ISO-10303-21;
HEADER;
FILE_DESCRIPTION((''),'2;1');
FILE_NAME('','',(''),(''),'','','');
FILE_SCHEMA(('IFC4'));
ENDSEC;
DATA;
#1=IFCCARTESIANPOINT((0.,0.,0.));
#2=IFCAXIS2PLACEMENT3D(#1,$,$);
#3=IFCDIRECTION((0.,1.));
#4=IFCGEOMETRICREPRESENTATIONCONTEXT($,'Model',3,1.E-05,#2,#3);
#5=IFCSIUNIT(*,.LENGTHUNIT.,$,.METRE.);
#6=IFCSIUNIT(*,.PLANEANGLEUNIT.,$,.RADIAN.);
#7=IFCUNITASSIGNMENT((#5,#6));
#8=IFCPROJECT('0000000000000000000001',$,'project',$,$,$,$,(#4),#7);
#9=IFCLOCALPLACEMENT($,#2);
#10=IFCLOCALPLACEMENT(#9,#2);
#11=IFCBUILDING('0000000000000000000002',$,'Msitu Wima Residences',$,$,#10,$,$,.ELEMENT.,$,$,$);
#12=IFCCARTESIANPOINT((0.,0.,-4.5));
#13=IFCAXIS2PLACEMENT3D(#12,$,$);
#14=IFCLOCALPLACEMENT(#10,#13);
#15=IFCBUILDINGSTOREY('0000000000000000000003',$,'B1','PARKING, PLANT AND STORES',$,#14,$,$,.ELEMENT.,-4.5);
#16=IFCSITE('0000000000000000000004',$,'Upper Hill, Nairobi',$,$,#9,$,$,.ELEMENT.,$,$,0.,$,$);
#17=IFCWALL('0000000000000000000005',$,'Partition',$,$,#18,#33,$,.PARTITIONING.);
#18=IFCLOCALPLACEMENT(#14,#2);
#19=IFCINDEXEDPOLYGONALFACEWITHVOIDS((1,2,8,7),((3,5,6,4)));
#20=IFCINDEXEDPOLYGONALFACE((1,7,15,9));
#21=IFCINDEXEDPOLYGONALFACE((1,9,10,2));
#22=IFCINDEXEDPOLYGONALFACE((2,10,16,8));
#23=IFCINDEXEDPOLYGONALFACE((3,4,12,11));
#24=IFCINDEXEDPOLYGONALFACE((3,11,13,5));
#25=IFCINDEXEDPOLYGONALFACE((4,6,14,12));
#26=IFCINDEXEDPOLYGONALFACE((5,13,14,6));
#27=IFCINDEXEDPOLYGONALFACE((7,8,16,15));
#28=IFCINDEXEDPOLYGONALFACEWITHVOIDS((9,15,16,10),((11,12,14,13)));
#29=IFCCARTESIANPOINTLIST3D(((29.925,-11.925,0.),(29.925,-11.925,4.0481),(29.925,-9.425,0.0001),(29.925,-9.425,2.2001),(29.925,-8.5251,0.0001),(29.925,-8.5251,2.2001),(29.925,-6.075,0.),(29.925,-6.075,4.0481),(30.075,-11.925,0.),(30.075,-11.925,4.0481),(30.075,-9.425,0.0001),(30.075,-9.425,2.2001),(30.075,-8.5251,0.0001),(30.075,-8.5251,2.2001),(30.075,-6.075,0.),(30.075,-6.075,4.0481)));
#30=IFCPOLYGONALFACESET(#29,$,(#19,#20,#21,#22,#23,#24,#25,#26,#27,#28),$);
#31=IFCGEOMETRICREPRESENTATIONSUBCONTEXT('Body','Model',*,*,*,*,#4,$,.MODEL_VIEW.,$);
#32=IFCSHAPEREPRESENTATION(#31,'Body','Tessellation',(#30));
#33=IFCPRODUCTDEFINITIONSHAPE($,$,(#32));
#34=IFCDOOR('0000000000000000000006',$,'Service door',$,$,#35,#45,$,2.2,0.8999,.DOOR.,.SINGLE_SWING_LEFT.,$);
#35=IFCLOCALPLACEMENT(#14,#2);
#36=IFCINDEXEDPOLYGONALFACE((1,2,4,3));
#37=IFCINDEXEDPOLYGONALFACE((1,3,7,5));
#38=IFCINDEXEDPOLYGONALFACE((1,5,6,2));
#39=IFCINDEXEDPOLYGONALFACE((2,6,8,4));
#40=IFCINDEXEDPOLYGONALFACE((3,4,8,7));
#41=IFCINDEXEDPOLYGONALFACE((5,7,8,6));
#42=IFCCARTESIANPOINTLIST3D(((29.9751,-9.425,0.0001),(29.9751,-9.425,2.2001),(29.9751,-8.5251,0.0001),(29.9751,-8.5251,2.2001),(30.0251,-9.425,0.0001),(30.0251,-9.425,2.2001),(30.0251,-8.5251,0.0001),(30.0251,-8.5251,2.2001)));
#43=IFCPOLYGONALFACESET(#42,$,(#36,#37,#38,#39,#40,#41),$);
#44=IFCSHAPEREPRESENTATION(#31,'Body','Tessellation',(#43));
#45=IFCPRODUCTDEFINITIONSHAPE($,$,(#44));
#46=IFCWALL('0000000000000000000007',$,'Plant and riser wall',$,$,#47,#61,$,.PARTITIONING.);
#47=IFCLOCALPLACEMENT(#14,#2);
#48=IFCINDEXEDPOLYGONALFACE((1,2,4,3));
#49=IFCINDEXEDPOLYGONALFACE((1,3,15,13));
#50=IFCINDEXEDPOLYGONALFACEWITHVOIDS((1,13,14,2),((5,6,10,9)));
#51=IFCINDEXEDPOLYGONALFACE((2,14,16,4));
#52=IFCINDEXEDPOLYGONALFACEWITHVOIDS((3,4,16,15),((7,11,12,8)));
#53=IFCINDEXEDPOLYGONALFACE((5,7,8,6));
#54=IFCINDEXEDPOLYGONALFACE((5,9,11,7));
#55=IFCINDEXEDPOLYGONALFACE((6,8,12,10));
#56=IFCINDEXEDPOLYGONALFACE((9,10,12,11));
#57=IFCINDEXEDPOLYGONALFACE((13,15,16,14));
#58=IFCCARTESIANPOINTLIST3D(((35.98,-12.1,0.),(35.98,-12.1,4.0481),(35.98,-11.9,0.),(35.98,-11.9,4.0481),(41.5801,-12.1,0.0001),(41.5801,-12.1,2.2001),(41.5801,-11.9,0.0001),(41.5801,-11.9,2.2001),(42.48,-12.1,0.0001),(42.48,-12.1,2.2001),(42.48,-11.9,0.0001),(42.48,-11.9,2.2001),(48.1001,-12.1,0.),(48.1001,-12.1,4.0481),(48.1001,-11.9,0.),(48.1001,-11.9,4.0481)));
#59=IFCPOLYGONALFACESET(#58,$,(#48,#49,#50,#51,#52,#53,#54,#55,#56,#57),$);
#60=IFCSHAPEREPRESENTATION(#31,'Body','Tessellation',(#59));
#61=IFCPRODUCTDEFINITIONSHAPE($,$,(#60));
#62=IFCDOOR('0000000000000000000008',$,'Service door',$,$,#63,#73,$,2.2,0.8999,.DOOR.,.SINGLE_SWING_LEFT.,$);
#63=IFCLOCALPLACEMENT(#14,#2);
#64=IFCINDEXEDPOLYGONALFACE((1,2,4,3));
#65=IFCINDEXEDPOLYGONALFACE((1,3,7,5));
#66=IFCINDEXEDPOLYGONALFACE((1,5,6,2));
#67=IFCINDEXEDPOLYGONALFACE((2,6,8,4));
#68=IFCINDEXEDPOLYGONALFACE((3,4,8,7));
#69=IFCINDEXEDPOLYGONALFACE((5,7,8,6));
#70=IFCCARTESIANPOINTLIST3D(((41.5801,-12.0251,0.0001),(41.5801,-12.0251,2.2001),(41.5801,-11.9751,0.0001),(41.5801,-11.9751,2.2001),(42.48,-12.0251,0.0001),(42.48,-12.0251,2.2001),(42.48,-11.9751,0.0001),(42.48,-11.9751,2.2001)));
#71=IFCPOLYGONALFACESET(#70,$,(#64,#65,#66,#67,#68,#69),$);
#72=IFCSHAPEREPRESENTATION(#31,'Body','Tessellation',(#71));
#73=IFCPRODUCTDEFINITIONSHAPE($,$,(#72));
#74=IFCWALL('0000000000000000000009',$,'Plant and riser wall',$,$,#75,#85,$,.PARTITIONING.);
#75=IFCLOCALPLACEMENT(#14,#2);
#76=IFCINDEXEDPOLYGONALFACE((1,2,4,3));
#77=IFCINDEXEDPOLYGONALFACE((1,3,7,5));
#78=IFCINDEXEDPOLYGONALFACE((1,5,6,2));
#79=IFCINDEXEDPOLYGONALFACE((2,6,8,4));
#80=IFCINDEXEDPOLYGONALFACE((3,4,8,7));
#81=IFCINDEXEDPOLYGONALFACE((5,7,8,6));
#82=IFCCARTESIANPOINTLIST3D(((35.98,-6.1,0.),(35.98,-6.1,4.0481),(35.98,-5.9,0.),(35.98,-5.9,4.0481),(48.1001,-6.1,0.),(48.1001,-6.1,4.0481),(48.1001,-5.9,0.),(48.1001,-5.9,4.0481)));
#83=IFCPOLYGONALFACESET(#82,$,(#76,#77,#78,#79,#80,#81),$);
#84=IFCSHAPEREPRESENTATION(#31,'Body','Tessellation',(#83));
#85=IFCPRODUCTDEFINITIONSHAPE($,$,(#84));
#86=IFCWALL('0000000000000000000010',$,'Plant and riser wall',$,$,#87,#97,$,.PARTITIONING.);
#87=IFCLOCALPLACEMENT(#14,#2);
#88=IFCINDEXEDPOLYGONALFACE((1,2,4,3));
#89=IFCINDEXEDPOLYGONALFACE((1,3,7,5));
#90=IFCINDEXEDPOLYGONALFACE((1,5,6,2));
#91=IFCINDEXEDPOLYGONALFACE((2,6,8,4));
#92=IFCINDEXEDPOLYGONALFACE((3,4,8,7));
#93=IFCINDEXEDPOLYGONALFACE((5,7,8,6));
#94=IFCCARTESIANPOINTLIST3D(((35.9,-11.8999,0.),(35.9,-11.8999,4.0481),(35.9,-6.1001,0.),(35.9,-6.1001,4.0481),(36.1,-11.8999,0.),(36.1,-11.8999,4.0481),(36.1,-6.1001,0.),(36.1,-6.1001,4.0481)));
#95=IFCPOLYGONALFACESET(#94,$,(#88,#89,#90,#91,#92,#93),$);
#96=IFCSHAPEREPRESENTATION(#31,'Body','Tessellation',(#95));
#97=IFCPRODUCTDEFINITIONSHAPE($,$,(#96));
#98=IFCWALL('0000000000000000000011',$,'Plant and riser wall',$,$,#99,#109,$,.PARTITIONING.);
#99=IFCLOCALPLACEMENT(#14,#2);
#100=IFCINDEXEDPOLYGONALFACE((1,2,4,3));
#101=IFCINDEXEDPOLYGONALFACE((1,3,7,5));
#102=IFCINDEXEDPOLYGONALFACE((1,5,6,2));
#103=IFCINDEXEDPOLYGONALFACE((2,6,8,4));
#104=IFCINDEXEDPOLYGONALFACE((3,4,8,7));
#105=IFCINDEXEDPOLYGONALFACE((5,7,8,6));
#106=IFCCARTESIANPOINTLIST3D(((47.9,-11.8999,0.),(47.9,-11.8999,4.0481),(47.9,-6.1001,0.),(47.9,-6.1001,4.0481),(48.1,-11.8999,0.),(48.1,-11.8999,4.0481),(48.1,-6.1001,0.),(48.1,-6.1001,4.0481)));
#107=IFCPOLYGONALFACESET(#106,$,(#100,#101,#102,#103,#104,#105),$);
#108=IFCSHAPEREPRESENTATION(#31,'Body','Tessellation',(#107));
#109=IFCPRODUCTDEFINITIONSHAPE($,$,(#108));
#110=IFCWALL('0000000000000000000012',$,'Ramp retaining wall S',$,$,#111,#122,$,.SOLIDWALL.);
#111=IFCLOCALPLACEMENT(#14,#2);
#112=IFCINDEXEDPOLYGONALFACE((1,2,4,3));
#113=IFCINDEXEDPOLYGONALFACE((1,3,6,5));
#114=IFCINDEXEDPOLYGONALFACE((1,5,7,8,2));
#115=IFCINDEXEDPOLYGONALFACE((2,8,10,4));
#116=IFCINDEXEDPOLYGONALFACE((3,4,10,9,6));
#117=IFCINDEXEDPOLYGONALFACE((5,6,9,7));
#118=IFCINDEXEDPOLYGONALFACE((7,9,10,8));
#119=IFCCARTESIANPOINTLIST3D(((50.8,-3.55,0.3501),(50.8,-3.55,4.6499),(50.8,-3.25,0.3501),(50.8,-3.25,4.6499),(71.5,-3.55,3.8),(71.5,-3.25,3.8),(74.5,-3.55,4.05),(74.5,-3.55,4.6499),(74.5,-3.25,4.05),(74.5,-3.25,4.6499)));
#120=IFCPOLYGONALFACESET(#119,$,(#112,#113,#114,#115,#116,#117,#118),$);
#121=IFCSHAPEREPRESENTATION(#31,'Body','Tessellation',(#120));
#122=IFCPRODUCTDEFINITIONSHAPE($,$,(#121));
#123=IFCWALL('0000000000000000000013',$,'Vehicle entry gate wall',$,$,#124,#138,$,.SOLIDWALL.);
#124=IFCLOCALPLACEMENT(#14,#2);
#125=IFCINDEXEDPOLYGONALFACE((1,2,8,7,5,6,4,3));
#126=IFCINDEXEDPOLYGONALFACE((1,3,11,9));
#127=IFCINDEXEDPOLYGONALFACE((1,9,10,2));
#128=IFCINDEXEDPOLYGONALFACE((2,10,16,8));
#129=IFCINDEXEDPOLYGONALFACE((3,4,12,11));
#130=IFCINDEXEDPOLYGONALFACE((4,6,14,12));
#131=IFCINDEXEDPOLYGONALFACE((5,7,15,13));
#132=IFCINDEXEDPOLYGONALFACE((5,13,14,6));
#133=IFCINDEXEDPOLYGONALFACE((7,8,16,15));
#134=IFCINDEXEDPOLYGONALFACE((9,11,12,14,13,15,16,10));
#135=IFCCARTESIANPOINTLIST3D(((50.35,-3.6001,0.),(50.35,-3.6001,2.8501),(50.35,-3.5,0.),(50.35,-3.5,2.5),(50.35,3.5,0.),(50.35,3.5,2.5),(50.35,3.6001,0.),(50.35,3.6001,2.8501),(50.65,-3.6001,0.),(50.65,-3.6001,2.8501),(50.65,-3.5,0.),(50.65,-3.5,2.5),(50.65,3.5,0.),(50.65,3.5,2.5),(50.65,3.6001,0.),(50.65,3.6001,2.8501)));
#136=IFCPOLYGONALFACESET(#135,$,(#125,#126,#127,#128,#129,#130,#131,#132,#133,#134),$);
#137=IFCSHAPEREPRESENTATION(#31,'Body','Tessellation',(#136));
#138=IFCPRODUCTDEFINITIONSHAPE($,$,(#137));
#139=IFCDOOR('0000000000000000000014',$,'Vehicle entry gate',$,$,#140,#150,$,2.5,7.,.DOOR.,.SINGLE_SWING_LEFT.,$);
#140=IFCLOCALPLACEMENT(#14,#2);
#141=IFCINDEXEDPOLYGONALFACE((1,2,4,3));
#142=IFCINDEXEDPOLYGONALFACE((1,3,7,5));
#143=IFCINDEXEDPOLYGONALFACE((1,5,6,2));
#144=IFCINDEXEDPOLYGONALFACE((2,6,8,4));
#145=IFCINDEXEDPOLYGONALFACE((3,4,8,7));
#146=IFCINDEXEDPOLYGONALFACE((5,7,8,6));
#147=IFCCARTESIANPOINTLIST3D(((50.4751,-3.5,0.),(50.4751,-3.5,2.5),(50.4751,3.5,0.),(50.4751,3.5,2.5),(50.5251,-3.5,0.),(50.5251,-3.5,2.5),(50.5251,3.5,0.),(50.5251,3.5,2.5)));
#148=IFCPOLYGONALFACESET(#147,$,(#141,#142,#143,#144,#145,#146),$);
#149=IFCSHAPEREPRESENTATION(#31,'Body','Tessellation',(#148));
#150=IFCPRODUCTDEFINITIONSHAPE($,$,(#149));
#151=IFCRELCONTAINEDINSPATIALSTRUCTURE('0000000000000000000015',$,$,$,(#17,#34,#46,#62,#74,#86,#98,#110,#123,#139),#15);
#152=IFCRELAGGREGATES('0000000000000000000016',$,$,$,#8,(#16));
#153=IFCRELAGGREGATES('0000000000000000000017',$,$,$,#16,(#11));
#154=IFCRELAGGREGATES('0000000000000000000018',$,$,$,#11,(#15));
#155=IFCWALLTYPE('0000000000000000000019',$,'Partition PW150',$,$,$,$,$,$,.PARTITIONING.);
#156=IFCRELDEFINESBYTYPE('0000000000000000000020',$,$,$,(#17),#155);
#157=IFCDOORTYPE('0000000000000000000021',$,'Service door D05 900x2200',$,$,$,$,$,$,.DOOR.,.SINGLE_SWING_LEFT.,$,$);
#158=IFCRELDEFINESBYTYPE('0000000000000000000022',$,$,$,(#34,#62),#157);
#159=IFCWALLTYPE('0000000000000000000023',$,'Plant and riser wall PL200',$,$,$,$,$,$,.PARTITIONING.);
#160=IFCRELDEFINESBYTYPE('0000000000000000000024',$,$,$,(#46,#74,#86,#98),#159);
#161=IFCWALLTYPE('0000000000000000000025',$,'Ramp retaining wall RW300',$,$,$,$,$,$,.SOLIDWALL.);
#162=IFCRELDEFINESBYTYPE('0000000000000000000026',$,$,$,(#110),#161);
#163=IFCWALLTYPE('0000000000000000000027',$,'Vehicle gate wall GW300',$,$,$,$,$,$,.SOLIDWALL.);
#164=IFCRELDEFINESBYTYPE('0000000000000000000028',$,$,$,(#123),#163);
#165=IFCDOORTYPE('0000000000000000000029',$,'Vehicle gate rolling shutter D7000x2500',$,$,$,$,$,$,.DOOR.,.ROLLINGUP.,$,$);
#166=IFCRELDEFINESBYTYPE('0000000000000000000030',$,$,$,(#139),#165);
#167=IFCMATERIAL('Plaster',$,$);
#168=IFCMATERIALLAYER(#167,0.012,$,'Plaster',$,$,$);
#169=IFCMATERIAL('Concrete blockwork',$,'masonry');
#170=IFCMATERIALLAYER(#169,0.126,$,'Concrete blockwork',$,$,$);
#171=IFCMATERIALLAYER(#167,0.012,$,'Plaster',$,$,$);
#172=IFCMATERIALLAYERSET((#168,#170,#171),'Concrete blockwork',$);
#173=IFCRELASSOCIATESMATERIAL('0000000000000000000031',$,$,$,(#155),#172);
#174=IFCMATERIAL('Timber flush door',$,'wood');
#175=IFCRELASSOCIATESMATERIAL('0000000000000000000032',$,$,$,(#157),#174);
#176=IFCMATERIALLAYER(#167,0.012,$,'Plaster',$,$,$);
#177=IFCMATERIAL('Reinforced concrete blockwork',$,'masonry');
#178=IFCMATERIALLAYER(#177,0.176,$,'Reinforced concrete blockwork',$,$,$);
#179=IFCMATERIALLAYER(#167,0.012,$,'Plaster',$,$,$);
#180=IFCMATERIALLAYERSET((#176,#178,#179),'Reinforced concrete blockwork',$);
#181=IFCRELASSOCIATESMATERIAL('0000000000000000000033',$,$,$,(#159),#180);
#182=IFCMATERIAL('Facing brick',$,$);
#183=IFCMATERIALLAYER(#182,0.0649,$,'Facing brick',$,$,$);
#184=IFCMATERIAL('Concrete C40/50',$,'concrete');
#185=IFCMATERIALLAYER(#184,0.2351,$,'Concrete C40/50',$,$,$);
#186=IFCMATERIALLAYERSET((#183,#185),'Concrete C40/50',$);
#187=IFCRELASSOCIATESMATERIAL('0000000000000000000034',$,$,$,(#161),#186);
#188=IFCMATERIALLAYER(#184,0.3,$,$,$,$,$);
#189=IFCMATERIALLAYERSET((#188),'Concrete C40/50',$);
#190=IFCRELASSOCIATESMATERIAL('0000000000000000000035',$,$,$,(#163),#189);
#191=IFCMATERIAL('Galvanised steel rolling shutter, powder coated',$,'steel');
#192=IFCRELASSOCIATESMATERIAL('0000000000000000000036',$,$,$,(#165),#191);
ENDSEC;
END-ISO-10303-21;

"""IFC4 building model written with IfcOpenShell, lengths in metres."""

from ifc_helpers import new_model, si_unit, direction, frame, frame_2d, origin, place, context, subcontext, project, spatial, polyline, rectangle, outline, extrude, material, layer, layer_set, type_object, element, fill, save


model = new_model("IFC4")

# Units and contexts
model_context = context("Model", 3, precision=1e-05, world=origin(), true_north=direction((0.0, 1.0)))
body_context = subcontext(model_context, "Body", "Model", "MODEL_VIEW")
ifc_project = project(units=[si_unit("LENGTHUNIT", "METRE"), si_unit("PLANEANGLEUNIT", "RADIAN")], contexts=[model_context])

# Site, building, storey
site_placement = place(None, origin())
site = spatial("IfcSite", under=ifc_project, at=site_placement, Name="Upper Hill, Nairobi", CompositionType="ELEMENT", RefElevation=0.0)
building_placement = place(site_placement, origin())
building = spatial("IfcBuilding", under=site, at=building_placement, Name="Msitu Wima Residences", CompositionType="ELEMENT")
storey_placement = place(building_placement, frame((0.0, 0.0, -4.5)))
storey = spatial("IfcBuildingStorey", under=building, at=storey_placement, Name="B1", Description="PARKING, PLANT AND STORES", CompositionType="ELEMENT", Elevation=-4.5)

# Shared definitions
ifc_material_1 = material(Name="Concrete C40/50", Category="concrete")

# Walls, openings, doors
ifc_material_2 = material(Name="Plaster")
ifc_layer_1 = layer(ifc_material_2, 0.012, Name="Plaster")
ifc_material_3 = material(Name="Concrete blockwork", Category="masonry")
ifc_layer_2 = layer(ifc_material_3, 0.126, Name="Concrete blockwork")
ifc_layer_3 = layer(ifc_material_2, 0.012, Name="Plaster")
ifc_layer_set_1 = layer_set([ifc_layer_1, ifc_layer_2, ifc_layer_3], Name="Concrete blockwork")
wall_type_1 = type_object("IfcWallType", Name="Partition PW150", PredefinedType="PARTITIONING", material=ifc_layer_set_1)
wall_1_placement = place(storey_placement, frame((30.0, -11.925, 0.0), z_axis=(0.0, 0.0, 1.0), x_axis=(0.0, 1.0, 0.0)))
wall_1 = element("IfcWall", 1, at=wall_1_placement, inside=storey, type_object=wall_type_1, Name="Partition", PredefinedType="PARTITIONING", context=body_context, shape_type="SweptSolid", body=[
    extrude(rectangle(XDim=5.8501, YDim=0.1499, at=frame_2d((2.925, 0.0))), origin(), (0.0, 0.0, 1.0), 4.0481),
])
opening_1_placement = place(wall_1_placement, frame((2.5, 0.0, 0.0)))
opening_1 = element("IfcOpeningElement", 2, at=opening_1_placement, cuts=wall_1, PredefinedType="OPENING", context=body_context, shape_type="SweptSolid", body=[
    extrude(rectangle(XDim=0.8999, YDim=2.2, at=frame_2d((0.45, 1.1001))), frame((0.0, 0.085, 0.0), z_axis=(0.0, -1.0, 0.0), x_axis=(1.0, 0.0, 0.0)), (0.0, 0.0, 1.0), 0.1699),
])
ifc_material_4 = material(Name="Timber flush door", Category="wood")
door_type_1 = type_object("IfcDoorType", Name="Service door D05 900x2200", OperationType="SINGLE_SWING_LEFT", PredefinedType="DOOR", material=ifc_material_4)
door_1_placement = place(opening_1_placement, origin())
door_1 = element("IfcDoor", 3, at=door_1_placement, inside=storey, type_object=door_type_1, Name="Service door", OperationType="SINGLE_SWING_LEFT", OverallHeight=2.2, OverallWidth=0.8999, PredefinedType="DOOR", context=body_context, shape_type="SweptSolid", body=[
    extrude(rectangle(XDim=0.8999, YDim=2.2, at=frame_2d((0.45, 1.1001))), frame((0.0, 0.0249, 0.0), z_axis=(0.0, -1.0, 0.0), x_axis=(1.0, 0.0, 0.0)), (0.0, 0.0, 1.0), 0.05),
])
fill(opening_1, door_1)
ifc_layer_4 = layer(ifc_material_2, 0.012, Name="Plaster")
ifc_material_5 = material(Name="Reinforced concrete blockwork", Category="masonry")
ifc_layer_5 = layer(ifc_material_5, 0.176, Name="Reinforced concrete blockwork")
ifc_layer_6 = layer(ifc_material_2, 0.012, Name="Plaster")
ifc_layer_set_2 = layer_set([ifc_layer_4, ifc_layer_5, ifc_layer_6], Name="Reinforced concrete blockwork")
wall_type_2 = type_object("IfcWallType", Name="Plant and riser wall PL200", PredefinedType="PARTITIONING", material=ifc_layer_set_2)
wall_2_placement = place(storey_placement, frame((35.98, -12.0, 0.0), z_axis=(0.0, 0.0, 1.0), x_axis=(1.0, 0.0, 0.0)))
wall_2 = element("IfcWall", 4, at=wall_2_placement, inside=storey, type_object=wall_type_2, Name="Plant and riser wall", PredefinedType="PARTITIONING", context=body_context, shape_type="SweptSolid", body=[
    extrude(rectangle(XDim=12.1201, YDim=0.2, at=frame_2d((6.0601, 0.0))), origin(), (0.0, 0.0, 1.0), 4.0481),
])
opening_2_placement = place(wall_2_placement, frame((5.6001, 0.0, 0.0)))
opening_2 = element("IfcOpeningElement", 5, at=opening_2_placement, cuts=wall_2, PredefinedType="OPENING", context=body_context, shape_type="SweptSolid", body=[
    extrude(rectangle(XDim=0.8999, YDim=2.2, at=frame_2d((0.45, 1.1001))), frame((0.0, 0.1099, 0.0), z_axis=(0.0, -1.0, 0.0), x_axis=(1.0, 0.0, 0.0)), (0.0, 0.0, 1.0), 0.22),
])
door_2_placement = place(opening_2_placement, origin())
door_2 = element("IfcDoor", 6, at=door_2_placement, inside=storey, type_object=door_type_1, Name="Service door", OperationType="SINGLE_SWING_LEFT", OverallHeight=2.2, OverallWidth=0.8999, PredefinedType="DOOR", context=body_context, shape_type="SweptSolid", body=[
    extrude(rectangle(XDim=0.8999, YDim=2.2, at=frame_2d((0.45, 1.1001))), frame((0.0, 0.0249, 0.0), z_axis=(0.0, -1.0, 0.0), x_axis=(1.0, 0.0, 0.0)), (0.0, 0.0, 1.0), 0.05),
])
fill(opening_2, door_2)

# Walls
wall_3_placement = place(storey_placement, frame((35.98, -6.0, 0.0), z_axis=(0.0, 0.0, 1.0), x_axis=(1.0, 0.0, 0.0)))
element("IfcWall", 7, at=wall_3_placement, inside=storey, type_object=wall_type_2, Name="Plant and riser wall", PredefinedType="PARTITIONING", context=body_context, shape_type="SweptSolid", body=[
    extrude(rectangle(XDim=12.1201, YDim=0.2, at=frame_2d((6.0601, 0.0))), origin(), (0.0, 0.0, 1.0), 4.0481),
])
for number, where, z_axis, x_axis, name in (
    (8, (36.0, -11.8999, 0.0), (0.0, 0.0, 1.0), (0.0, 1.0, 0.0), "Plant and riser wall"),
    (9, (48.0, -11.8999, 0.0), (0.0, 0.0, 1.0), (0.0, 1.0, 0.0), "Plant and riser wall"),
):
    element("IfcWall", number, at=place(storey_placement, frame(where, z_axis=z_axis, x_axis=x_axis)), inside=storey, type_object=wall_type_2, Name=name, PredefinedType="PARTITIONING", context=body_context, shape_type="SweptSolid", body=[
        extrude(rectangle(XDim=5.7998, YDim=0.2, at=frame_2d((2.8999, 0.0))), origin(), (0.0, 0.0, 1.0), 4.0481),
    ])
ifc_material_6 = material(Name="Facing brick")
ifc_layer_7 = layer(ifc_material_6, 0.0649, Name="Facing brick")
ifc_layer_8 = layer(ifc_material_1, 0.2351, Name="Concrete C40/50")
ifc_layer_set_3 = layer_set([ifc_layer_7, ifc_layer_8], Name="Concrete C40/50")
wall_type_3 = type_object("IfcWallType", Name="Ramp retaining wall RW300", PredefinedType="SOLIDWALL", material=ifc_layer_set_3)
wall_4_placement = place(storey_placement, frame((50.8, -3.3999, 0.3501), z_axis=(0.0, 0.0, 1.0), x_axis=(1.0, 0.0, 0.0)))
element("IfcWall", 10, at=wall_4_placement, inside=storey, type_object=wall_type_3, Name="Ramp retaining wall S", PredefinedType="SOLIDWALL", context=body_context, shape_type="SweptSolid", body=[
    extrude(outline(polyline([(0.0, 0.0), (20.7, 3.45), (23.7, 3.7), (23.7, 4.2998), (0.0, 4.2998), (0.0, 0.0)])), frame((0.0, 0.1499, 0.0), z_axis=(0.0, -1.0, 0.0), x_axis=(1.0, 0.0, 0.0)), (0.0, 0.0, 1.0), 0.3),
])

# Wall, opening, door
ifc_layer_9 = layer(ifc_material_1, 0.3)
ifc_layer_set_4 = layer_set([ifc_layer_9], Name="Concrete C40/50")
wall_type_4 = type_object("IfcWallType", Name="Vehicle gate wall GW300", PredefinedType="SOLIDWALL", material=ifc_layer_set_4)
wall_5_placement = place(storey_placement, frame((50.5, -3.6001, 0.0), z_axis=(0.0, 0.0, 1.0), x_axis=(0.0, 1.0, 0.0)))
wall_5 = element("IfcWall", 11, at=wall_5_placement, inside=storey, type_object=wall_type_4, Name="Vehicle entry gate wall", PredefinedType="SOLIDWALL", context=body_context, shape_type="SweptSolid", body=[
    extrude(rectangle(XDim=7.2002, YDim=0.3, at=frame_2d((3.6001, 0.0))), origin(), (0.0, 0.0, 1.0), 2.8501),
])
opening_3_placement = place(wall_5_placement, frame((0.1001, 0.0, 0.0)))
opening_3 = element("IfcOpeningElement", 12, at=opening_3_placement, cuts=wall_5, PredefinedType="OPENING", context=body_context, shape_type="SweptSolid", body=[
    extrude(rectangle(XDim=7.0, YDim=2.5, at=frame_2d((3.5, 1.25))), frame((0.0, 0.1599, 0.0), z_axis=(0.0, -1.0, 0.0), x_axis=(1.0, 0.0, 0.0)), (0.0, 0.0, 1.0), 0.3201),
])
ifc_material_7 = material(Name="Galvanised steel rolling shutter, powder coated", Category="steel")
door_type_2 = type_object("IfcDoorType", Name="Vehicle gate rolling shutter D7000x2500", OperationType="ROLLINGUP", PredefinedType="DOOR", material=ifc_material_7)
door_3_placement = place(opening_3_placement, frame((7.0, 0.0, 0.0), z_axis=(0.0, 0.0, 1.0), x_axis=(-1.0, 0.0, 0.0)))
door_3 = element("IfcDoor", 13, at=door_3_placement, inside=storey, type_object=door_type_2, Name="Vehicle entry gate", OperationType="SINGLE_SWING_LEFT", OverallHeight=2.5, OverallWidth=7.0, PredefinedType="DOOR", context=body_context, shape_type="SweptSolid", body=[
    extrude(rectangle(XDim=7.0, YDim=2.5, at=frame_2d((3.5, 1.25))), frame((0.0, 0.0251, 0.0), z_axis=(0.0, -1.0, 0.0), x_axis=(1.0, 0.0, 0.0)), (0.0, 0.0, 1.0), 0.05),
])
fill(opening_3, door_3)

save(model, "model.ifc")
